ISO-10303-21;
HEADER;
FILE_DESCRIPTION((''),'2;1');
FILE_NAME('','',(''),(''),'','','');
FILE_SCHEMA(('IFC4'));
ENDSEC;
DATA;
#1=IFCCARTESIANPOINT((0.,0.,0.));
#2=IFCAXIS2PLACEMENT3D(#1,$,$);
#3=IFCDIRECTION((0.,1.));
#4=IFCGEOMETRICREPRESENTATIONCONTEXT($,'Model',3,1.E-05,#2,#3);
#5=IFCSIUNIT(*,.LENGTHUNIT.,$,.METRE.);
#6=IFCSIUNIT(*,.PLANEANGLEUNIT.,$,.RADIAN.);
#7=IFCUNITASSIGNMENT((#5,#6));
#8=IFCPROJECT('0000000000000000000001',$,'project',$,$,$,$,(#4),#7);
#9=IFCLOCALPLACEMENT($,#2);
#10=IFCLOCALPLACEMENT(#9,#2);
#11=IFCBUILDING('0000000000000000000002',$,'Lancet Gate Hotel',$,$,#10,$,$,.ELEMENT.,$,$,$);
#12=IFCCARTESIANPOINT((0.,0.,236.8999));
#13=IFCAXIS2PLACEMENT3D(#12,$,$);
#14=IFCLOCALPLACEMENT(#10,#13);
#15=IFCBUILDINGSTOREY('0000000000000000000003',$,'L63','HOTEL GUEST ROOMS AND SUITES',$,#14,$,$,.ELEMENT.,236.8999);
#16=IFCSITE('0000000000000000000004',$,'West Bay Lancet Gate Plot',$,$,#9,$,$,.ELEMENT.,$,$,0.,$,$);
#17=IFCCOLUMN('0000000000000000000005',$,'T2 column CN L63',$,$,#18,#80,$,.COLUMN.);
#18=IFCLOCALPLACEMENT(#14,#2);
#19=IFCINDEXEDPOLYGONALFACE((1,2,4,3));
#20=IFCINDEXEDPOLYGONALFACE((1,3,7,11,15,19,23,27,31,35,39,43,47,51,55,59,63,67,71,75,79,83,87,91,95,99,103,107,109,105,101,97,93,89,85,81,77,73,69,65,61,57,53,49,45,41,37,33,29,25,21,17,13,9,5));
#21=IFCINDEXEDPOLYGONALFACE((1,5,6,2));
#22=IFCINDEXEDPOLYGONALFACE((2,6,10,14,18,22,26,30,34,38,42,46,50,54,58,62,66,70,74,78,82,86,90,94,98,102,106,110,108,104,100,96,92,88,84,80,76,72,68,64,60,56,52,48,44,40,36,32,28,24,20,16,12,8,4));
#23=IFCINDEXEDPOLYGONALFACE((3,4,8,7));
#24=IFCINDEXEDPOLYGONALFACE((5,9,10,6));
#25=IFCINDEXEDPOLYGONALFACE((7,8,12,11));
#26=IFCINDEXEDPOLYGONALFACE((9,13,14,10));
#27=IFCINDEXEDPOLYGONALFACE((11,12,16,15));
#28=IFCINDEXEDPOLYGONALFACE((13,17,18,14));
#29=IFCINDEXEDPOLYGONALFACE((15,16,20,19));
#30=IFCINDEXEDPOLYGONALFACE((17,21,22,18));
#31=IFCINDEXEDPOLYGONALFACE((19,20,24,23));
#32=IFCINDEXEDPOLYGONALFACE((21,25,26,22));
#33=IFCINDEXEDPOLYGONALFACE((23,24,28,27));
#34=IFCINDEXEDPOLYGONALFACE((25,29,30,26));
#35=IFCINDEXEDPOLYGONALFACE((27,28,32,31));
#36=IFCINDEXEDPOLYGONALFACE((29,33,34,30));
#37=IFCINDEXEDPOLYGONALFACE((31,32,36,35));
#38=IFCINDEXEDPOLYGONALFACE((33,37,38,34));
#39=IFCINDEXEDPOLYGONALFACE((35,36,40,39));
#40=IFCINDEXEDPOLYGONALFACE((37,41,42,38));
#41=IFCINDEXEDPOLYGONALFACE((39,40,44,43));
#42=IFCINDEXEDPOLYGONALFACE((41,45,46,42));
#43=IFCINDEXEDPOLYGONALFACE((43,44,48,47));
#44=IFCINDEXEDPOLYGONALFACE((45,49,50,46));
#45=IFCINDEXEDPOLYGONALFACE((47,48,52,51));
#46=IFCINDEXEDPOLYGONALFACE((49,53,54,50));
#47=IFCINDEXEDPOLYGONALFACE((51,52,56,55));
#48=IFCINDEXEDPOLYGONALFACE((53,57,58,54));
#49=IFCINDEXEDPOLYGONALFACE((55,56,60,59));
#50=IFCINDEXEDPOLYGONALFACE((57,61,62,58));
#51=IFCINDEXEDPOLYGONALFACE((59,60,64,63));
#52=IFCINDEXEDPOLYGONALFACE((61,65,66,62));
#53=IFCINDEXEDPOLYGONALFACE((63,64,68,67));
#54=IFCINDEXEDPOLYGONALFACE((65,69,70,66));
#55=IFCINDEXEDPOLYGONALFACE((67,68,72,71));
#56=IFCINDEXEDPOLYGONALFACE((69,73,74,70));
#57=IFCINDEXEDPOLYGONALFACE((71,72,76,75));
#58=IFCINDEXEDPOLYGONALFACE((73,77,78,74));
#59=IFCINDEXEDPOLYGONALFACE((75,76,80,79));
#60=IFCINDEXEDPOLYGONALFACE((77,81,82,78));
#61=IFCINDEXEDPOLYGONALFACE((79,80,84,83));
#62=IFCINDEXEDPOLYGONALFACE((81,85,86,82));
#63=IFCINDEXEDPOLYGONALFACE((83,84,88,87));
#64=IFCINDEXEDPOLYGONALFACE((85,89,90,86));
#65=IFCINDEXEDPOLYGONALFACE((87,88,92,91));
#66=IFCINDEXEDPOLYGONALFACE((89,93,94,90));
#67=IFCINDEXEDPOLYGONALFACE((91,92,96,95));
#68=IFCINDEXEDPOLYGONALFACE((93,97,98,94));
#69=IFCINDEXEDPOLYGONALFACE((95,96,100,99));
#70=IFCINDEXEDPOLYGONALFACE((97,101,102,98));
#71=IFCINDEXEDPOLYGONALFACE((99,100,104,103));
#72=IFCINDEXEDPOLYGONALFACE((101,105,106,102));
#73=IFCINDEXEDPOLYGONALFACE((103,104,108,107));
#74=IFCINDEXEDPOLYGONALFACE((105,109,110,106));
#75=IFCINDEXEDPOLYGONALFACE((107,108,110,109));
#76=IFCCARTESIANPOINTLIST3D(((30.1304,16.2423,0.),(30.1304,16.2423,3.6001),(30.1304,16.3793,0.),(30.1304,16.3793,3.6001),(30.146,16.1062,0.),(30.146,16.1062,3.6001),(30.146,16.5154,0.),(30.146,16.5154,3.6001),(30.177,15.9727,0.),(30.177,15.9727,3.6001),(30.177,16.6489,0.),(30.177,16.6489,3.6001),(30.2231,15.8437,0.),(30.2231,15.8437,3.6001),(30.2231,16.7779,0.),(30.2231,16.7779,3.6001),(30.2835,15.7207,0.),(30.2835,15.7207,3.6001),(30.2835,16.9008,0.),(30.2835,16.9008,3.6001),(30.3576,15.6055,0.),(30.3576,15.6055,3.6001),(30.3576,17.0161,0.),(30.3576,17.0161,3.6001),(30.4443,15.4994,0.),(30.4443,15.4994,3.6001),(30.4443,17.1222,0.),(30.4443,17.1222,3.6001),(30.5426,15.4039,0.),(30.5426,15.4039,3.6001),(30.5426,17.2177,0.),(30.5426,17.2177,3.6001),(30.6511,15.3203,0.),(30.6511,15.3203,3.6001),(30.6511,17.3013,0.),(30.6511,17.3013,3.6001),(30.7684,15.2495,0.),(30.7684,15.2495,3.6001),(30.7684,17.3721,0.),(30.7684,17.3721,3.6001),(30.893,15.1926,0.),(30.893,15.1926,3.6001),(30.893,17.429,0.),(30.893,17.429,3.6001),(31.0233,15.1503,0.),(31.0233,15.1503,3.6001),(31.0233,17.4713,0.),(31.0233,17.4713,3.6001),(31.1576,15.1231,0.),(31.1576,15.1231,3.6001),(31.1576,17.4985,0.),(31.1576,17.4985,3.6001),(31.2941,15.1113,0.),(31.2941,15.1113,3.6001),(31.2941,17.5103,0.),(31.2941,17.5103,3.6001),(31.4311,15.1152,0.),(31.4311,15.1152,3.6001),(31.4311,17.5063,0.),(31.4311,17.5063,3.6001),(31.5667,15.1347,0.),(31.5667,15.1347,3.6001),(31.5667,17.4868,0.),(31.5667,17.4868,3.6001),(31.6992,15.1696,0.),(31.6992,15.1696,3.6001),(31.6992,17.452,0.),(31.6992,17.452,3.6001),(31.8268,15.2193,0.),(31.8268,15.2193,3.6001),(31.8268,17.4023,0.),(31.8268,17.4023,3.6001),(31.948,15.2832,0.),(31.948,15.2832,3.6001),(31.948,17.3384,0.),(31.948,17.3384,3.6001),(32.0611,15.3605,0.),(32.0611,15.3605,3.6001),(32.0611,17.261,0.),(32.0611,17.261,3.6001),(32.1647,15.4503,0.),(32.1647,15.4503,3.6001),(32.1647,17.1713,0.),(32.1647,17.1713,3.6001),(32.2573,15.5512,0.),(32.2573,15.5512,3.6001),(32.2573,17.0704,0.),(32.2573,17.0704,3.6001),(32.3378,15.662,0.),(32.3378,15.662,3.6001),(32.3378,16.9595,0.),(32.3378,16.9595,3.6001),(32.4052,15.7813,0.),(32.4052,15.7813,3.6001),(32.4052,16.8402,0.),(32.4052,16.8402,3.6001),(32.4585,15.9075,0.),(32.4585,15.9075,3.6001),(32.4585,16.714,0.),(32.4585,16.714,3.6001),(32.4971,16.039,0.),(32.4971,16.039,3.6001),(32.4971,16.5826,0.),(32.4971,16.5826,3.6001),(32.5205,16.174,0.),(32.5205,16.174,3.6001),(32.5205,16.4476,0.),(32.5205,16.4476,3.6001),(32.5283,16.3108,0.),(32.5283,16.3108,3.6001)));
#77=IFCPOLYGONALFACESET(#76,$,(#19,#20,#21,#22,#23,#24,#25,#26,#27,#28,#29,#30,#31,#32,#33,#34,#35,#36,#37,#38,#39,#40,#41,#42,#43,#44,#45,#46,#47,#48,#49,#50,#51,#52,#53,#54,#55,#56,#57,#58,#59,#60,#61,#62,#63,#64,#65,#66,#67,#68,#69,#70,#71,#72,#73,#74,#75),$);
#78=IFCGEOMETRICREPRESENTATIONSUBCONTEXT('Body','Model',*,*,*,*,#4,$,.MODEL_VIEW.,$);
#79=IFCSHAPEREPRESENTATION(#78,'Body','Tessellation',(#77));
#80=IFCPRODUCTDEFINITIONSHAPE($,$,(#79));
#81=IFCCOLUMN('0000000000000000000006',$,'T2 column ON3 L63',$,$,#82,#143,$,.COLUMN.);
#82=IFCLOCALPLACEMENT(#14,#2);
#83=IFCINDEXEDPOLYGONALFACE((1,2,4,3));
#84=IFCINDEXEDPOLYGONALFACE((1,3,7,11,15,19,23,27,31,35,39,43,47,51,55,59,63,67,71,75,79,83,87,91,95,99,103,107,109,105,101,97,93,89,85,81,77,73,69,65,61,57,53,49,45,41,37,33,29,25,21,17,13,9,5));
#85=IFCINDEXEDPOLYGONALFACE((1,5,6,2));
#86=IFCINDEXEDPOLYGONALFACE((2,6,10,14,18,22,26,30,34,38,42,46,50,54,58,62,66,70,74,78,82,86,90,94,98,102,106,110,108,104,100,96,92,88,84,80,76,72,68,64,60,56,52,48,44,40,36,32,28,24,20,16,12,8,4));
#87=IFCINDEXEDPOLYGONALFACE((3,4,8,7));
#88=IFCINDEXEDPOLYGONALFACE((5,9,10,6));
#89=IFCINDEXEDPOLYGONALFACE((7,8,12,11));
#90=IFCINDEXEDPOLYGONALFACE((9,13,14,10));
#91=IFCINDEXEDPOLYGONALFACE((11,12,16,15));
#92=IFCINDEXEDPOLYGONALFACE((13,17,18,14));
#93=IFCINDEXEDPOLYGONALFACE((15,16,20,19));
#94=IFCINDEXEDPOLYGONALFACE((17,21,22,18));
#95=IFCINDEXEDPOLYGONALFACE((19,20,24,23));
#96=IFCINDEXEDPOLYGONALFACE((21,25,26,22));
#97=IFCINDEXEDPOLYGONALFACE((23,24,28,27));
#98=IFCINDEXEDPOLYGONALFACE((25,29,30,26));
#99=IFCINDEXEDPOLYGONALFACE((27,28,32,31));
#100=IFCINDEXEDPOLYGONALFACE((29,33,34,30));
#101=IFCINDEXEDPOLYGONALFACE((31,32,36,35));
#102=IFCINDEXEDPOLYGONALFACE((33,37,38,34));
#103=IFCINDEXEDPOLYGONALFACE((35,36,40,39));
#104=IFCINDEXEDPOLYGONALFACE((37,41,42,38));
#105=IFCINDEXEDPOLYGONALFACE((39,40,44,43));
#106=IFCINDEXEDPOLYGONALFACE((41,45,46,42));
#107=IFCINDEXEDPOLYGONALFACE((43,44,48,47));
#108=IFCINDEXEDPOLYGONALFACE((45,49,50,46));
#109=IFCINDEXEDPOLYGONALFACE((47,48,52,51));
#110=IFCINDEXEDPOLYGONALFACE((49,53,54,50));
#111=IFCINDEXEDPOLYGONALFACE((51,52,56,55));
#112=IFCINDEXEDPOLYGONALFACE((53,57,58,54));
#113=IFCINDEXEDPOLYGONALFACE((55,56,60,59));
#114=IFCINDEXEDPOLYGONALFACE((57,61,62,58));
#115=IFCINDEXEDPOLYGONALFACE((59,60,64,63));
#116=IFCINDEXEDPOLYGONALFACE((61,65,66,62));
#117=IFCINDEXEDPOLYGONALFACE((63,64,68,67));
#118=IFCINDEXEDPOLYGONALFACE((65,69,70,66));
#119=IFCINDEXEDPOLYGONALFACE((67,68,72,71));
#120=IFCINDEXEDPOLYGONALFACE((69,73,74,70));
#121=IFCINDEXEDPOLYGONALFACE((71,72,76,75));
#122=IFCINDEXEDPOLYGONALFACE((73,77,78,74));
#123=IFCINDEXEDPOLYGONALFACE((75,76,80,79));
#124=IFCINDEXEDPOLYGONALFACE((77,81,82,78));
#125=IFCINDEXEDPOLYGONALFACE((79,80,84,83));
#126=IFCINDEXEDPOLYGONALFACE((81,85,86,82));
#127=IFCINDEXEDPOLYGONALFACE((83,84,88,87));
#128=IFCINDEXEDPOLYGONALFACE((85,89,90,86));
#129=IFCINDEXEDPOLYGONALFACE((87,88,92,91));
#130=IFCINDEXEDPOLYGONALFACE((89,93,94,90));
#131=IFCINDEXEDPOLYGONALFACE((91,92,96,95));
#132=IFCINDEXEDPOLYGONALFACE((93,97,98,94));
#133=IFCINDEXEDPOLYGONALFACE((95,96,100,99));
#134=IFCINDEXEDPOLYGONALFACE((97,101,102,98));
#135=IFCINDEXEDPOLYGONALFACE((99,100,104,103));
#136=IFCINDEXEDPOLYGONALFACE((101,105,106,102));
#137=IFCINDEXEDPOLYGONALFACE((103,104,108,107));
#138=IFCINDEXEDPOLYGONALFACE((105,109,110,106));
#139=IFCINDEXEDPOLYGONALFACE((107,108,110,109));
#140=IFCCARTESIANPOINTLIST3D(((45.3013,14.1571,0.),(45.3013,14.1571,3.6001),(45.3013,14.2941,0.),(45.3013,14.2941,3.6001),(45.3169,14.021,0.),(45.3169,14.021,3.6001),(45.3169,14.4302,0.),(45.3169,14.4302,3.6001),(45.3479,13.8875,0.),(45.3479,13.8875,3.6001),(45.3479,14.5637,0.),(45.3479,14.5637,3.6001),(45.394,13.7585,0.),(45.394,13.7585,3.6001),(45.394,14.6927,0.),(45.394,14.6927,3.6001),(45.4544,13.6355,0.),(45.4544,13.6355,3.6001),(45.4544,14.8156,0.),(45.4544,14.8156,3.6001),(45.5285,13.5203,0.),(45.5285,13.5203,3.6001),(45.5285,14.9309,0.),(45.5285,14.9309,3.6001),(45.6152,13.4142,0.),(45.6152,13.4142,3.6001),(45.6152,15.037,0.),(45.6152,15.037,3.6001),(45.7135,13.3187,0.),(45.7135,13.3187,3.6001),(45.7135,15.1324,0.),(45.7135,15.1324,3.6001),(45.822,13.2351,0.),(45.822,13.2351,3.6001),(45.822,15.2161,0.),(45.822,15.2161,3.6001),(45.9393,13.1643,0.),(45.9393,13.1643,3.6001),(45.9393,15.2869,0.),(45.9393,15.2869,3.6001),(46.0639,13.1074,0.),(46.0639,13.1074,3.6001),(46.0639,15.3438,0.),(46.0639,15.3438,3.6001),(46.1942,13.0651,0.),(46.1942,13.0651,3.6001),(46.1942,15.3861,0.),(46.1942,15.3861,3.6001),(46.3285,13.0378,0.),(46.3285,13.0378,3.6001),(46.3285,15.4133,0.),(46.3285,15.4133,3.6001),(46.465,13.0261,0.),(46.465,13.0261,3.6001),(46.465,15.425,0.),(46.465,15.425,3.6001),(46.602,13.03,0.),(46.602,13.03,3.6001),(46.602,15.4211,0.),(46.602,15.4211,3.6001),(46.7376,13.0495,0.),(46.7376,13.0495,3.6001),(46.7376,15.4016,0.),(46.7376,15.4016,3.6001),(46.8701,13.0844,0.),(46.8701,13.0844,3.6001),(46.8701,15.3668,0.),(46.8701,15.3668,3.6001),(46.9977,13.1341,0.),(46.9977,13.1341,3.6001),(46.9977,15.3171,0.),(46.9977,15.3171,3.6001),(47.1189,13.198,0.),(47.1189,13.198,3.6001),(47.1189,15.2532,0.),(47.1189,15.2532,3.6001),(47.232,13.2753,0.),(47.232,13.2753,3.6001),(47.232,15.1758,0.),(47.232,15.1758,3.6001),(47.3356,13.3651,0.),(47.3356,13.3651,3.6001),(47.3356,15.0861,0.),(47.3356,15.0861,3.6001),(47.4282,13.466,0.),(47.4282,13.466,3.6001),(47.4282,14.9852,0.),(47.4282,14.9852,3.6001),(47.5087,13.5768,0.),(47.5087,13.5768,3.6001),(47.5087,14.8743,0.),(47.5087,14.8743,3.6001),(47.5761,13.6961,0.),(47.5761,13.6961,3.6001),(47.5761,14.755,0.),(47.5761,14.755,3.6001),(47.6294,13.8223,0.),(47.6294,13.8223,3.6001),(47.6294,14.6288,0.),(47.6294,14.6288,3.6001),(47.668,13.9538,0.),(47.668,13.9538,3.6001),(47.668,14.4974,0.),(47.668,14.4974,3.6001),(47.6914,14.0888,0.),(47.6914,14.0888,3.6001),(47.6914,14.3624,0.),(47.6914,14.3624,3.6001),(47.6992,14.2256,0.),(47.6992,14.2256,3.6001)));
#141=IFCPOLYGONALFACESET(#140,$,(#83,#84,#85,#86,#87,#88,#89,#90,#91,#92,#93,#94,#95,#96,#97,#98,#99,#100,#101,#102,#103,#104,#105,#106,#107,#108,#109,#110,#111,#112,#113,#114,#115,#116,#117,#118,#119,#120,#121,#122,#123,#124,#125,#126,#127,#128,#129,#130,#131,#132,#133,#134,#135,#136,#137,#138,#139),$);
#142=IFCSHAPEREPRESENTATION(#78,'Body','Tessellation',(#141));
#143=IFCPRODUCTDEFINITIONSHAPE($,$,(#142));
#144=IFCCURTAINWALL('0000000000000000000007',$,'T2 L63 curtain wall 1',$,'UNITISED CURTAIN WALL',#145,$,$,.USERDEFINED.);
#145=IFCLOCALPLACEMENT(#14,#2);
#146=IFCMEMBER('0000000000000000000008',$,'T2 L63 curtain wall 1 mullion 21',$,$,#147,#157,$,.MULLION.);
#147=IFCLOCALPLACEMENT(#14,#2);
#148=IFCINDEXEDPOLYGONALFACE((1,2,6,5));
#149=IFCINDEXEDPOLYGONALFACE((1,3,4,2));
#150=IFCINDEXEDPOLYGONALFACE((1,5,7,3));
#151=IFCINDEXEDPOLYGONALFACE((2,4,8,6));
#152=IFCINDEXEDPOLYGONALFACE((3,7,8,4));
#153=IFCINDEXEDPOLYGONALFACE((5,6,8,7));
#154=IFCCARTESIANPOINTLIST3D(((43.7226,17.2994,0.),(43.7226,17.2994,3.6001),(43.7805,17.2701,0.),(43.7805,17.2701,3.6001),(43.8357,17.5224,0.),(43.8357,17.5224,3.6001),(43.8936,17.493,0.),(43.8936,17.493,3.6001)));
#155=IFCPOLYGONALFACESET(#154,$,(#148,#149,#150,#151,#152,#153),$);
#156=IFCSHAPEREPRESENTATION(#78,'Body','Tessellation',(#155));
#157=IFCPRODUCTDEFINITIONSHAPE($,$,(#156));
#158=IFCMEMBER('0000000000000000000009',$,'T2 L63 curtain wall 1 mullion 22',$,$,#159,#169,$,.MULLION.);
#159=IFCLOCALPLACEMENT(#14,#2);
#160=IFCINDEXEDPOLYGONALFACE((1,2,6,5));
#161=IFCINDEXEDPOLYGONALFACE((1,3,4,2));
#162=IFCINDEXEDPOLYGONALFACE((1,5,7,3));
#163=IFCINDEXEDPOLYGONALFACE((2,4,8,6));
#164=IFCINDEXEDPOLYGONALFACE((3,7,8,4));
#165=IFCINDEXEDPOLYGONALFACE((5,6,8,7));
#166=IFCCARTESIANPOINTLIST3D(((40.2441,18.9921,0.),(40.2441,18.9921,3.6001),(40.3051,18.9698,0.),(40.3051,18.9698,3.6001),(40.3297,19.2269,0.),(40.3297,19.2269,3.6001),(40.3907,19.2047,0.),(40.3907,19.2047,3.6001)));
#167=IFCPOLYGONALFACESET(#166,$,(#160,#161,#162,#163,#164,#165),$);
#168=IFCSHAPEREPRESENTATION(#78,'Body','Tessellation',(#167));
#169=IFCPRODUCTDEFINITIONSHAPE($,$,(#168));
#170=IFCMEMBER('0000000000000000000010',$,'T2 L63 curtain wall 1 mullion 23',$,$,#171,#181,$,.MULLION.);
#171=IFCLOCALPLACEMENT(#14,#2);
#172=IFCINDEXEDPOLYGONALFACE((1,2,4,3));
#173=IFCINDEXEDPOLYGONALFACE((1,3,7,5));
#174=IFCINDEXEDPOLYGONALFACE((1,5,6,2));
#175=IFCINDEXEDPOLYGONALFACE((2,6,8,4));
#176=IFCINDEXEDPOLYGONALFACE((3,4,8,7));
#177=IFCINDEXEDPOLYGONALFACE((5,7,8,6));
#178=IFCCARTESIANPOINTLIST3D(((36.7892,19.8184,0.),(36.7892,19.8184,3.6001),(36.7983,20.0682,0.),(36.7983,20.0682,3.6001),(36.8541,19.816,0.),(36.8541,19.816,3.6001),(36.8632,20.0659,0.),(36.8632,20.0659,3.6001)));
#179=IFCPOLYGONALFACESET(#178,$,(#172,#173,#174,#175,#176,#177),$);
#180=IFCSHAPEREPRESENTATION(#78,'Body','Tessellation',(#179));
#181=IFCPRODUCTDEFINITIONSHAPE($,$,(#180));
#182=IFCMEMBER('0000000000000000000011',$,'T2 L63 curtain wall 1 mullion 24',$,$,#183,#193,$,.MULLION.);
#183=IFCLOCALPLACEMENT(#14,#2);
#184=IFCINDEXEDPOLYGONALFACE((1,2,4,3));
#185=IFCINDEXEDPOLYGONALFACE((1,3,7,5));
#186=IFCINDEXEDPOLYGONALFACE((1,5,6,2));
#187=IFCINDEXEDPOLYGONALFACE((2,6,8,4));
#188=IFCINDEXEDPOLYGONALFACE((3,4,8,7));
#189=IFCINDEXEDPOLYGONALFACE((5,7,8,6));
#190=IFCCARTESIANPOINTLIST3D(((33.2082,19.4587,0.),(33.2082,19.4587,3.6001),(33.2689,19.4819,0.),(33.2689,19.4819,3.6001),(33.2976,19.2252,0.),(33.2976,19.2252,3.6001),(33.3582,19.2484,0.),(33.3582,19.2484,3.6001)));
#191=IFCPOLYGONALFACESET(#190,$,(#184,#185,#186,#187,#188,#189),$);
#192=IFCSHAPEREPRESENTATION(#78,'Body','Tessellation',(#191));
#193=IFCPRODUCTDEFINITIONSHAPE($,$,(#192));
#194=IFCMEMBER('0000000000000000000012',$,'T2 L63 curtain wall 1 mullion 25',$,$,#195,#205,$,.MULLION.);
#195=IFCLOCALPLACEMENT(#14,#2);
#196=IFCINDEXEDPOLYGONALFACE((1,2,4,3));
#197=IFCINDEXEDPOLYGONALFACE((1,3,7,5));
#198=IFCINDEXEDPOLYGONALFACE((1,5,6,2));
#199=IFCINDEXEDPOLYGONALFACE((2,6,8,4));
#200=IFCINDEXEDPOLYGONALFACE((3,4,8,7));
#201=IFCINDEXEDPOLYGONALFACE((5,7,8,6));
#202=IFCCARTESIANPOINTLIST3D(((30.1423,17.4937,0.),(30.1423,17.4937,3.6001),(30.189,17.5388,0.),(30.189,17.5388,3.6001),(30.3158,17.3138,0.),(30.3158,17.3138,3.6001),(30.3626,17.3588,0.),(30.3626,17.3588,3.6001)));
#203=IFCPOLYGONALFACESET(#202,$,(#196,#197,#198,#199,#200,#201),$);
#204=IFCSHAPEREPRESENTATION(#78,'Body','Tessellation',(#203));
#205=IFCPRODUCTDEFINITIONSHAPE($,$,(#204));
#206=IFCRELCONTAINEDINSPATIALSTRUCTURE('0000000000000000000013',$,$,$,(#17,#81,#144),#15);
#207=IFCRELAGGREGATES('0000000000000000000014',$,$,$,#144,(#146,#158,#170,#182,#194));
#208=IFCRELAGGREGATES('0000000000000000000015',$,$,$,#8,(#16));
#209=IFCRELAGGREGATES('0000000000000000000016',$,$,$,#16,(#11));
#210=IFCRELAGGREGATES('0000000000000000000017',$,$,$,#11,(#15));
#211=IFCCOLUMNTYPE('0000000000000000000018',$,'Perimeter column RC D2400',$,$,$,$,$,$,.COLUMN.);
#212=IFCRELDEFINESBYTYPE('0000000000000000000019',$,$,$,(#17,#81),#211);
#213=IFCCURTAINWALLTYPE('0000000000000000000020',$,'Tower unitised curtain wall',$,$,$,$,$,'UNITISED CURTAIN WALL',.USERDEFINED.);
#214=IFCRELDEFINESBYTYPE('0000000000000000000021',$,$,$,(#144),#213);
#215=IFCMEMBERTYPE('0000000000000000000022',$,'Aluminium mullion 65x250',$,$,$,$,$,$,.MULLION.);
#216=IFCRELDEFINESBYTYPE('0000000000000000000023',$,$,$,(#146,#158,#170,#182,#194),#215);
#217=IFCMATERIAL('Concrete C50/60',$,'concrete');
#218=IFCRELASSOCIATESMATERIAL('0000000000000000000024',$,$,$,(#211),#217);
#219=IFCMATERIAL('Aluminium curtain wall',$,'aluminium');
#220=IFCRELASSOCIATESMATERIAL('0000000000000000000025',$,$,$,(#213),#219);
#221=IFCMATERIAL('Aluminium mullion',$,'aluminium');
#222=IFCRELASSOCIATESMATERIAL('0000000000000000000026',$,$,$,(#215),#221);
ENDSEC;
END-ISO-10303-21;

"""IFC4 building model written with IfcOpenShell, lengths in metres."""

from ifc_helpers import new_model, si_unit, direction, frame, origin, origin_2d, place, context, subcontext, project, spatial, rectangle, circle, extrude, material, material_profile, profile_set, type_object, element, aggregate, save


model = new_model("IFC4")

# Units and contexts
model_context = context("Model", 3, precision=1e-05, world=origin(), true_north=direction((0.0, 1.0)))
body_context = subcontext(model_context, "Body", "Model", "MODEL_VIEW")
ifc_project = project(units=[si_unit("LENGTHUNIT", "METRE"), si_unit("PLANEANGLEUNIT", "RADIAN")], contexts=[model_context])

# Site, building, storey
site_placement = place(None, origin())
site = spatial("IfcSite", under=ifc_project, at=site_placement, Name="West Bay Lancet Gate Plot", CompositionType="ELEMENT", RefElevation=0.0)
building_placement = place(site_placement, origin())
building = spatial("IfcBuilding", under=site, at=building_placement, Name="Lancet Gate Hotel", CompositionType="ELEMENT")
storey_placement = place(building_placement, frame((0.0, 0.0, 236.8999)))
storey = spatial("IfcBuildingStorey", under=building, at=storey_placement, Name="L63", Description="HOTEL GUEST ROOMS AND SUITES", CompositionType="ELEMENT", Elevation=236.8999)

# Columns
ifc_material_1 = material(Name="Concrete C50/60", Category="concrete")
ifc_material_profile_1 = material_profile(ifc_material_1, circle(Radius=1.2, at=origin_2d()), Name="RC D2400")
ifc_profile_set_1 = profile_set([ifc_material_profile_1], Name="Concrete C50/60")
column_type = type_object("IfcColumnType", Name="Perimeter column RC D2400", PredefinedType="COLUMN", material=ifc_profile_set_1)
for number, where, z_axis, x_axis, name in (
    (1, (31.3284, 16.3108, 0.0), (0.0, 0.0, 1.0), (1.0, 0.0, 0.0), "T2 column CN L63"),
    (2, (46.4993, 14.2256, 0.0), (0.0, 0.0, 1.0), (1.0, 0.0, 0.0), "T2 column ON3 L63"),
):
    element("IfcColumn", number, at=place(storey_placement, frame(where, z_axis=z_axis, x_axis=x_axis)), inside=storey, type_object=column_type, Name=name, PredefinedType="COLUMN", context=body_context, shape_type="SweptSolid", body=[
        extrude(circle(Radius=1.2, at=origin_2d()), origin(), (0.0, 0.0, 1.0), 3.6001),
    ])

# Curtain wall, members
ifc_material_2 = material(Name="Aluminium curtain wall", Category="aluminium")
curtain_wall_type = type_object("IfcCurtainWallType", Name="Tower unitised curtain wall", ElementType="UNITISED CURTAIN WALL", PredefinedType="USERDEFINED", material=ifc_material_2)
curtain_wall_placement = place(storey_placement, origin())
curtain_wall = element("IfcCurtainWall", 3, at=curtain_wall_placement, inside=storey, type_object=curtain_wall_type, Name="T2 L63 curtain wall 1", ObjectType="UNITISED CURTAIN WALL", PredefinedType="USERDEFINED")
ifc_material_3 = material(Name="Aluminium mullion", Category="aluminium")
ifc_material_profile_2 = material_profile(ifc_material_3, rectangle(XDim=0.0649, YDim=0.25, at=origin_2d()), Name="MULLION 65x250")
ifc_profile_set_2 = profile_set([ifc_material_profile_2], Name="Aluminium mullion")
member_type_1 = type_object("IfcMemberType", Name="Aluminium mullion 65x250", PredefinedType="MULLION", material=ifc_profile_set_2)
member_1_placement = place(storey_placement, frame((43.8081, 17.3962, 0.0), z_axis=(0.0, 0.0, 1.0), x_axis=(-0.891833, 0.452365, 0.0)))
member_1 = element("IfcMember", 4, at=member_1_placement, type_object=member_type_1, Name="T2 L63 curtain wall 1 mullion 21", PredefinedType="MULLION", context=body_context, shape_type="SweptSolid", body=[
    extrude(rectangle(XDim=0.0649, YDim=0.25, at=origin_2d()), origin(), (0.0, 0.0, 1.0), 3.6001),
])
member_2_placement = place(storey_placement, frame((40.3174, 19.0984, 0.0), z_axis=(0.0, 0.0, 1.0), x_axis=(-0.939484, 0.342593, 0.0)))
member_2 = element("IfcMember", 5, at=member_2_placement, type_object=member_type_1, Name="T2 L63 curtain wall 1 mullion 22", PredefinedType="MULLION", context=body_context, shape_type="SweptSolid", body=[
    extrude(rectangle(XDim=0.0649, YDim=0.25, at=origin_2d()), origin(), (0.0, 0.0, 1.0), 3.6001),
])
member_3_placement = place(storey_placement, frame((36.8262, 19.9421, 0.0), z_axis=(0.0, 0.0, 1.0), x_axis=(-0.999343, 0.03625, 0.0)))
member_3 = element("IfcMember", 6, at=member_3_placement, type_object=member_type_1, Name="T2 L63 curtain wall 1 mullion 23", PredefinedType="MULLION", context=body_context, shape_type="SweptSolid", body=[
    extrude(rectangle(XDim=0.0649, YDim=0.25, at=origin_2d()), origin(), (0.0, 0.0, 1.0), 3.6001),
])
member_4_placement = place(storey_placement, frame((33.2832, 19.3535, 0.0), z_axis=(0.0, 0.0, 1.0), x_axis=(-0.933943, -0.357421, 0.0)))
member_4 = element("IfcMember", 7, at=member_4_placement, type_object=member_type_1, Name="T2 L63 curtain wall 1 mullion 24", PredefinedType="MULLION", context=body_context, shape_type="SweptSolid", body=[
    extrude(rectangle(XDim=0.0649, YDim=0.25, at=origin_2d()), origin(), (0.0, 0.0, 1.0), 3.6001),
])
member_5_placement = place(storey_placement, frame((30.2524, 17.4263, 0.0), z_axis=(0.0, 0.0, 1.0), x_axis=(-0.719809, -0.694172, 0.0)))
member_5 = element("IfcMember", 8, at=member_5_placement, type_object=member_type_1, Name="T2 L63 curtain wall 1 mullion 25", PredefinedType="MULLION", context=body_context, shape_type="SweptSolid", body=[
    extrude(rectangle(XDim=0.0649, YDim=0.25, at=origin_2d()), origin(), (0.0, 0.0, 1.0), 3.6001),
])

aggregate(curtain_wall, [member_1, member_2, member_3, member_4, member_5])

save(model, "model.ifc")
